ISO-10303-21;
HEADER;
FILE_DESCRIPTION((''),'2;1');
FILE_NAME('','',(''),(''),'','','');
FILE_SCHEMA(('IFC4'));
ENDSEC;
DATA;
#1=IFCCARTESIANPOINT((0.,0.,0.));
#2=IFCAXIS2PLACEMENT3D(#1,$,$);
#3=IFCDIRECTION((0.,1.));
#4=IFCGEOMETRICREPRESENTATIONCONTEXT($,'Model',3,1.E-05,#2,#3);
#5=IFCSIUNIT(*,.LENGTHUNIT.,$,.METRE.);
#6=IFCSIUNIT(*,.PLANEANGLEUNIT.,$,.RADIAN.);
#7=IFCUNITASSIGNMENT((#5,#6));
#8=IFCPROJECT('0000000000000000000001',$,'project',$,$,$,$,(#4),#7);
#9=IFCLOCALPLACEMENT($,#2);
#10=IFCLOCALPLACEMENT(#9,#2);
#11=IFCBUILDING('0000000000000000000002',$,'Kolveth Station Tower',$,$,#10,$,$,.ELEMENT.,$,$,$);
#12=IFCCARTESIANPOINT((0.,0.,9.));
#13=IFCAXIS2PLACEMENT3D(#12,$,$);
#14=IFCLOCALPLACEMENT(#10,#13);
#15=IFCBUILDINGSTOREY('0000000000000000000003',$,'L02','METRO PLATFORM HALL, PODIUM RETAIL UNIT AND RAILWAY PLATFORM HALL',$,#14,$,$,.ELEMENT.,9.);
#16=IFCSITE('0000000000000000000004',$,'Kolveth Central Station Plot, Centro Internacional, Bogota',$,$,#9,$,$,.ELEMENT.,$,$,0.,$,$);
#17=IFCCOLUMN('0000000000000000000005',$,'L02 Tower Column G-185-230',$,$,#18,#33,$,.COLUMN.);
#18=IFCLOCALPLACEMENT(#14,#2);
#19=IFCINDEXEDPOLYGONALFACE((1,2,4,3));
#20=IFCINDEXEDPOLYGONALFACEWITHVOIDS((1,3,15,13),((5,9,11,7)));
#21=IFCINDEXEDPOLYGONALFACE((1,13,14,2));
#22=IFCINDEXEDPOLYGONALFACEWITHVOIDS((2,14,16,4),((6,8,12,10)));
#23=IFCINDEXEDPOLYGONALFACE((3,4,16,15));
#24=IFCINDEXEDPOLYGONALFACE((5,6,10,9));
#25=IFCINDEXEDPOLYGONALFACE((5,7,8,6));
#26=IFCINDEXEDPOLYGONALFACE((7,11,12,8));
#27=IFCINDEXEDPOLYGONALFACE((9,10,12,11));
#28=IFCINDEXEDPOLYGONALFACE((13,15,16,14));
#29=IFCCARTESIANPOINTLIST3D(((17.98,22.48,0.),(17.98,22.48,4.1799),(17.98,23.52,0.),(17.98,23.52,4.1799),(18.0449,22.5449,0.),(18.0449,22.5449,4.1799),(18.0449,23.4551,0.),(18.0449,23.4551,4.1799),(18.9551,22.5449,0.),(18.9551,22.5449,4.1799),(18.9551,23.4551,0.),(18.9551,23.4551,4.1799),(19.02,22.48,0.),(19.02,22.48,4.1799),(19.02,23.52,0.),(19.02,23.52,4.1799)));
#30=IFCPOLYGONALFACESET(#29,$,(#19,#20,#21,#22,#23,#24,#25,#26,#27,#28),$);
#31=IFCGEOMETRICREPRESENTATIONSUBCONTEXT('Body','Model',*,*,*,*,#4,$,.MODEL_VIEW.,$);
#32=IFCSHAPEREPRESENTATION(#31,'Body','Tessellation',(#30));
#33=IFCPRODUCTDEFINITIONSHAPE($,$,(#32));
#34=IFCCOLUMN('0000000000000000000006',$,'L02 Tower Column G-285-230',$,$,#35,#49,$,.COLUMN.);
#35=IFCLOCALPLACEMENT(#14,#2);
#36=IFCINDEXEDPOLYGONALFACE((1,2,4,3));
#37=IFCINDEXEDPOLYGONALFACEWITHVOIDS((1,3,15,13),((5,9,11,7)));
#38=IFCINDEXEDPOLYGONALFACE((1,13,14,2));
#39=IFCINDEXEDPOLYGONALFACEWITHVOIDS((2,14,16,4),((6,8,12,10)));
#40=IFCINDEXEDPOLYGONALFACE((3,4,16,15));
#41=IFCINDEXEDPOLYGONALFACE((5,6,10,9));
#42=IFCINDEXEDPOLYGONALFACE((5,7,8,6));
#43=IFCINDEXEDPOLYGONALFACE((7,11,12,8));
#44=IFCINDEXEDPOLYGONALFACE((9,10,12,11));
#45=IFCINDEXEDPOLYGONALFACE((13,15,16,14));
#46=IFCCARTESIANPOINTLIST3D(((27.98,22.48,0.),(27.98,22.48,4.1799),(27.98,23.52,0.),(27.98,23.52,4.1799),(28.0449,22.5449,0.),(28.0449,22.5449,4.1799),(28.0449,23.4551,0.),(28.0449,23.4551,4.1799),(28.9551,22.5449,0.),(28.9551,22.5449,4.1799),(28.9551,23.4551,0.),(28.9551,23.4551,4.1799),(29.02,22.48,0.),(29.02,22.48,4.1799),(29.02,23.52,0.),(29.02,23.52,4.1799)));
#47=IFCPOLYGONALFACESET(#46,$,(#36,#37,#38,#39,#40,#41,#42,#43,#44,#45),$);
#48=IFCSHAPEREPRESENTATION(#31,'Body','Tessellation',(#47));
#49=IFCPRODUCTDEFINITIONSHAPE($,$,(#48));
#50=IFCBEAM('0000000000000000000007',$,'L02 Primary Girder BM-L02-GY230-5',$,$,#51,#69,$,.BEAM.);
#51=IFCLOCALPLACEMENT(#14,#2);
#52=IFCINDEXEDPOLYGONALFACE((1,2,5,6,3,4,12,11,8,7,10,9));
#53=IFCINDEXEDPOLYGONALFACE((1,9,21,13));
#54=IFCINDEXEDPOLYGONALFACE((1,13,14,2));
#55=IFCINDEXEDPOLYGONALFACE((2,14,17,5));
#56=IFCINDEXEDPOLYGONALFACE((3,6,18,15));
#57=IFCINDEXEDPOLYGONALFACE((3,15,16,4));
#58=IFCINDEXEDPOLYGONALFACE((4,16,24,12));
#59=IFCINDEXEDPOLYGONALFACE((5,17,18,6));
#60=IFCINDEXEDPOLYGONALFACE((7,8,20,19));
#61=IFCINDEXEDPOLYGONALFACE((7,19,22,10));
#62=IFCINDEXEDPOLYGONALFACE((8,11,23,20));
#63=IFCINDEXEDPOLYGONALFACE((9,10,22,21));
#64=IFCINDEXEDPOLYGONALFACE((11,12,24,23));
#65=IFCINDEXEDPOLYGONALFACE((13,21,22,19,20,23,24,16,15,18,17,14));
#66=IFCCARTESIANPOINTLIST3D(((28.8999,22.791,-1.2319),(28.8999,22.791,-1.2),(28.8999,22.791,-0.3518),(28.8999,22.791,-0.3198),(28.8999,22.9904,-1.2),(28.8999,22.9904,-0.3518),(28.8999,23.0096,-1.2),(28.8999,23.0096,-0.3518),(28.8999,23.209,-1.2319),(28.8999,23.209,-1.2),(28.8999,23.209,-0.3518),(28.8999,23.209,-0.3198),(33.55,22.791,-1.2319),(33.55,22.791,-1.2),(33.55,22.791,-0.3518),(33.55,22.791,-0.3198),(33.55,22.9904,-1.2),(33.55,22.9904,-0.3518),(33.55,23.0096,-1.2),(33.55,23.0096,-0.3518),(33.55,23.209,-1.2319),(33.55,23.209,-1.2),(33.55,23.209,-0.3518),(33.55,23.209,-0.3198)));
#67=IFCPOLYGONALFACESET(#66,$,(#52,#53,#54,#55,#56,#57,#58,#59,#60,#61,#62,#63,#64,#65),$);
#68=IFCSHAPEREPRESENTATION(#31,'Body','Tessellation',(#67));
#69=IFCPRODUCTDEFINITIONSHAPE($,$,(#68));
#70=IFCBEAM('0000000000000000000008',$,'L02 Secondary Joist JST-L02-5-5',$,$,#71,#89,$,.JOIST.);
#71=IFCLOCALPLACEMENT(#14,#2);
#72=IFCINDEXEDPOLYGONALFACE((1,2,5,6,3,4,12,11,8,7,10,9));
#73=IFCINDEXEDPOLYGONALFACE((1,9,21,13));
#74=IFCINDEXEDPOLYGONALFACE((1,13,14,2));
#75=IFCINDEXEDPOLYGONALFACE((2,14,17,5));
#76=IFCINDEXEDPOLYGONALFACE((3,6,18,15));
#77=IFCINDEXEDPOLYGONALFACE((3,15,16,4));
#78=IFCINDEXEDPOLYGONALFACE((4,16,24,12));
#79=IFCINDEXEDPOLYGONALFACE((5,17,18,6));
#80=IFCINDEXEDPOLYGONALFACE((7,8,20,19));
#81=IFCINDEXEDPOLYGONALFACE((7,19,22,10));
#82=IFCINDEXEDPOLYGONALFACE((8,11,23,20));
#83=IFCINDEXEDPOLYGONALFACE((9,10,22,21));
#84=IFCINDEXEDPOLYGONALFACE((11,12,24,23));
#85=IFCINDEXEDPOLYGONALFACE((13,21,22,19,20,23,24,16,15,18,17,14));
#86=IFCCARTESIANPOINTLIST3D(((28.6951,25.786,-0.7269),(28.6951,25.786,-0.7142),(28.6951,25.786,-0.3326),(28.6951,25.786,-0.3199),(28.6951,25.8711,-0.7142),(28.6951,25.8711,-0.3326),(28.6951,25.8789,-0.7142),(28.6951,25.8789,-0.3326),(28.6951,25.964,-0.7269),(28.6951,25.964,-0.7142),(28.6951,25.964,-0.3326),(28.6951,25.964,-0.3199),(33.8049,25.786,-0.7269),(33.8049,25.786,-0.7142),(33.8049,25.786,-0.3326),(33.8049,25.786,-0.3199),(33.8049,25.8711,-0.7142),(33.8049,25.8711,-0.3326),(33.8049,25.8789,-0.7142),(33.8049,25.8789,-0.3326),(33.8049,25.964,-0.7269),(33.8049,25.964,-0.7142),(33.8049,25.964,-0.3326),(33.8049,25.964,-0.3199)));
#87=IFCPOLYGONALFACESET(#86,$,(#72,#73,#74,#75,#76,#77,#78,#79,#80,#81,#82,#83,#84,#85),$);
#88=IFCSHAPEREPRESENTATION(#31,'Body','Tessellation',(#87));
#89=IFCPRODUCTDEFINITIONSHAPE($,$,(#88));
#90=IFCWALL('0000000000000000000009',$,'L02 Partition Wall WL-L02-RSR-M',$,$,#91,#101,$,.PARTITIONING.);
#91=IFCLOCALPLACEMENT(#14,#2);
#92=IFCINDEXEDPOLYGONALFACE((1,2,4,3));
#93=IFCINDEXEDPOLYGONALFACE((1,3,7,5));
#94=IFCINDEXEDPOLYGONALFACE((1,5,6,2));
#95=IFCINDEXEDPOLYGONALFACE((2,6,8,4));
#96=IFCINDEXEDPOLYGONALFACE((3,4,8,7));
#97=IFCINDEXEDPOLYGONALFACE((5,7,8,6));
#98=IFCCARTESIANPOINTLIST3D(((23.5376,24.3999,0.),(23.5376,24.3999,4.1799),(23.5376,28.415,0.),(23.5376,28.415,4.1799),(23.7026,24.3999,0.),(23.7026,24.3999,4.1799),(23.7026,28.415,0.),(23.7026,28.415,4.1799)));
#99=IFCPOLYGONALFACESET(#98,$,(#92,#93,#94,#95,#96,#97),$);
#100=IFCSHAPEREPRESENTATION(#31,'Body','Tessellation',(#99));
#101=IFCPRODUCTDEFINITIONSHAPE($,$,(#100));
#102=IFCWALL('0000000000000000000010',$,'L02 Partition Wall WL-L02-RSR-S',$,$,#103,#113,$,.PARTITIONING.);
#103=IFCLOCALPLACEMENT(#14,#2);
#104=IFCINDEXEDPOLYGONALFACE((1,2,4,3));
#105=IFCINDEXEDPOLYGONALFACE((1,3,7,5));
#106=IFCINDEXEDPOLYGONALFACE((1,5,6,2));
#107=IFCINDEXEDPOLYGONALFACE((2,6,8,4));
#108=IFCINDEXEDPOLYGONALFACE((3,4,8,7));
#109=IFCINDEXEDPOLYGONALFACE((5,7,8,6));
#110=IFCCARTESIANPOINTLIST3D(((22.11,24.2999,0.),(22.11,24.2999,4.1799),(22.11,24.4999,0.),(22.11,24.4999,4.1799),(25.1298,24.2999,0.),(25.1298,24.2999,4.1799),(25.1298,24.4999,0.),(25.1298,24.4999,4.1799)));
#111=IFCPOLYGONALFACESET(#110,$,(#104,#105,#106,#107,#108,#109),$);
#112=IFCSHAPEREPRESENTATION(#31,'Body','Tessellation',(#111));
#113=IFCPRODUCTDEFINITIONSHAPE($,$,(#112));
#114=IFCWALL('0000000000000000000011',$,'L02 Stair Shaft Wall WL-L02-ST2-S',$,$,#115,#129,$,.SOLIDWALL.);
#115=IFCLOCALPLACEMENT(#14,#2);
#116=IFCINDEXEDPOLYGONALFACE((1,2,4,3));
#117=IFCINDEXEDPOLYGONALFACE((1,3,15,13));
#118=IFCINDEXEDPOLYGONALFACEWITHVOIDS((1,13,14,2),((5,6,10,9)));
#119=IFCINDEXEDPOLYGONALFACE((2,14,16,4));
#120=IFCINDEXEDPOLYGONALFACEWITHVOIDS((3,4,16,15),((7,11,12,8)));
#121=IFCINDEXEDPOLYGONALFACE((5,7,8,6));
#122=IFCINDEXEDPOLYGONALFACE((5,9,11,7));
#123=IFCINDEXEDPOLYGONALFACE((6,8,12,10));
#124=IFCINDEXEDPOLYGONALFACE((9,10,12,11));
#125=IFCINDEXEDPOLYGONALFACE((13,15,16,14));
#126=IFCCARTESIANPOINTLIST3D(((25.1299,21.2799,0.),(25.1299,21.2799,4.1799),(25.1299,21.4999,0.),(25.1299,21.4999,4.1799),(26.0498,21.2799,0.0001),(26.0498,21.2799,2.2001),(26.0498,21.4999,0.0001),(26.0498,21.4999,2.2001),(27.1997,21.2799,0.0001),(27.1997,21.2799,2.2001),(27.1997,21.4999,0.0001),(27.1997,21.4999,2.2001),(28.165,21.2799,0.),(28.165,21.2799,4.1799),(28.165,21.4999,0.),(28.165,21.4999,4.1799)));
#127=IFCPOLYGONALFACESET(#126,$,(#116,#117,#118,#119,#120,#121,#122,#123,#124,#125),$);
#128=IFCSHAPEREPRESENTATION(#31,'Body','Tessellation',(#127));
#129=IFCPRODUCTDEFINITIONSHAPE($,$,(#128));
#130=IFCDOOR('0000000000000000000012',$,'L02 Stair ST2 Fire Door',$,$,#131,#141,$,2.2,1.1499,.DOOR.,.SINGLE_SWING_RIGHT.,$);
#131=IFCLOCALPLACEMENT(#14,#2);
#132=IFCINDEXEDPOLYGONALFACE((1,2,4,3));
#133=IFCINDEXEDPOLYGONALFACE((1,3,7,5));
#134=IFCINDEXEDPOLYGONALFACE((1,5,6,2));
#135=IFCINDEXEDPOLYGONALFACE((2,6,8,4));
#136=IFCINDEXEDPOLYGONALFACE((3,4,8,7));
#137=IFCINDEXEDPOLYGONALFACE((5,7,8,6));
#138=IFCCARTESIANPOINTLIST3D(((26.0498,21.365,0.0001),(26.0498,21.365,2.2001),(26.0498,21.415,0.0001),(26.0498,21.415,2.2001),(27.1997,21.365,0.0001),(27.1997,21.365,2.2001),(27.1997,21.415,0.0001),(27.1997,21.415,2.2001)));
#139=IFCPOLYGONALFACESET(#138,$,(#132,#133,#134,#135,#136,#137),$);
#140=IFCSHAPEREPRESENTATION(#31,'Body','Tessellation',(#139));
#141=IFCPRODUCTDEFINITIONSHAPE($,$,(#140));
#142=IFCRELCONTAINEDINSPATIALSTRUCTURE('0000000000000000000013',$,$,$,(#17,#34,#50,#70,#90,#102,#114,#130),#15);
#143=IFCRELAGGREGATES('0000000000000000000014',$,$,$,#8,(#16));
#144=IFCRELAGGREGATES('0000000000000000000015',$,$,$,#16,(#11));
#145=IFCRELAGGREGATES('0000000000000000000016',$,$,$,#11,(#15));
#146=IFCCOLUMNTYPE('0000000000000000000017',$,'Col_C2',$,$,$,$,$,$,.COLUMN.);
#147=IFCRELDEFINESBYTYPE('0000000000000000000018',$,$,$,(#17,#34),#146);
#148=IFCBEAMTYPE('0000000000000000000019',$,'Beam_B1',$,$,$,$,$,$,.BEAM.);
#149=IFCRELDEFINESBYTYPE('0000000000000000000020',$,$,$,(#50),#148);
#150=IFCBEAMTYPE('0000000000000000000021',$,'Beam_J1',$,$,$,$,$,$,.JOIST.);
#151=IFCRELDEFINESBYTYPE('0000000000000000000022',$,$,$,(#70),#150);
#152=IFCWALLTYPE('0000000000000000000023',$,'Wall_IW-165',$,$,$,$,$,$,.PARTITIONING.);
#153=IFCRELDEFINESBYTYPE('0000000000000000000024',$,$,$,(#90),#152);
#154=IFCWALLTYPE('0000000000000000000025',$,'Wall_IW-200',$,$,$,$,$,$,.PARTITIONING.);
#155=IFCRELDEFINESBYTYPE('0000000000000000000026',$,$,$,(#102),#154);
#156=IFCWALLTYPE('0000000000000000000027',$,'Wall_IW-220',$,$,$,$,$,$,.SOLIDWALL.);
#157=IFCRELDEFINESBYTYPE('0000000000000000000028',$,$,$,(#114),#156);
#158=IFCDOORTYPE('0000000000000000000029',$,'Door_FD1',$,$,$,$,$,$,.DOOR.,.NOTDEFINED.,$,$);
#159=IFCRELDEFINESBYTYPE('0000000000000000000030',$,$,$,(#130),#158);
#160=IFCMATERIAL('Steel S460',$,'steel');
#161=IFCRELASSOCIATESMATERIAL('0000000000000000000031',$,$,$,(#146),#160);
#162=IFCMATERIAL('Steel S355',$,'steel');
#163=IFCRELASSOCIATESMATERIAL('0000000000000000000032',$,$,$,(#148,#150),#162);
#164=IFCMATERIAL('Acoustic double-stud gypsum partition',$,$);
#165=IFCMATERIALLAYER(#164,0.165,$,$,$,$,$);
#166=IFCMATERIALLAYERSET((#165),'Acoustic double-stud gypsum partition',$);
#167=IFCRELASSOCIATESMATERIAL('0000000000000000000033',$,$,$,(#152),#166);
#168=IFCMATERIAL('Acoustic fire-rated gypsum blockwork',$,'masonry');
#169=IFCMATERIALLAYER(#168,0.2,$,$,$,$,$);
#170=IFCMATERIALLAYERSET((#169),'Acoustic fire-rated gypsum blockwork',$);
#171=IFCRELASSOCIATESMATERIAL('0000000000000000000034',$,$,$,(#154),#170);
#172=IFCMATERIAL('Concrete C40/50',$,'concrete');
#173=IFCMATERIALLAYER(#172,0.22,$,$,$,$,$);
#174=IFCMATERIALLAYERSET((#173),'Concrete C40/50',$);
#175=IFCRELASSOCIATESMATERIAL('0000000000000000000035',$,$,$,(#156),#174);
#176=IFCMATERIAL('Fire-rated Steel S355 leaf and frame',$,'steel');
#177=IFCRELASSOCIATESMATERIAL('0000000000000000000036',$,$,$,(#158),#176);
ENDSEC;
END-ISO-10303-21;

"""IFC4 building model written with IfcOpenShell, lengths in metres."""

from ifc_helpers import new_model, si_unit, direction, frame, frame_2d, origin, origin_2d, place, context, subcontext, project, spatial, rectangle, hollow_rectangle, i_section, extrude, source, transform, mapped, material, layer, layer_set, material_profile, profile_set, type_object, element, fill, save


model = new_model("IFC4")

# Units and contexts
model_context = context("Model", 3, precision=1e-05, world=origin(), true_north=direction((0.0, 1.0)))
body_context = subcontext(model_context, "Body", "Model", "MODEL_VIEW")
ifc_project = project(units=[si_unit("LENGTHUNIT", "METRE"), si_unit("PLANEANGLEUNIT", "RADIAN")], contexts=[model_context])

# Site, building, storey
site_placement = place(None, origin())
site = spatial("IfcSite", under=ifc_project, at=site_placement, Name="Kolveth Central Station Plot, Centro Internacional, Bogota", CompositionType="ELEMENT", RefElevation=0.0)
building_placement = place(site_placement, origin())
building = spatial("IfcBuilding", under=site, at=building_placement, Name="Kolveth Station Tower", CompositionType="ELEMENT")
storey_placement = place(building_placement, frame((0.0, 0.0, 9.0)))
storey = spatial("IfcBuildingStorey", under=building, at=storey_placement, Name="L02", Description="METRO PLATFORM HALL, PODIUM RETAIL UNIT AND RAILWAY PLATFORM HALL", CompositionType="ELEMENT", Elevation=9.0)

# Columns
ifc_material_1 = material(Name="Steel S460", Category="steel")
ifc_material_profile_1 = material_profile(ifc_material_1, hollow_rectangle(XDim=1.04, YDim=1.04, WallThickness=0.0649, at=origin_2d()), Name="BOX1040x1040x65")
ifc_profile_set_1 = profile_set([ifc_material_profile_1], Name="Steel S460")
column_type = type_object("IfcColumnType", Name="Col_C2", PredefinedType="COLUMN", material=ifc_profile_set_1)
shared_shape_1 = source(origin(), body_context, "Body", "SweptSolid", [
    extrude(hollow_rectangle(XDim=1.04, YDim=1.04, WallThickness=0.0649, at=origin_2d()), origin(), (0.0, 0.0, 1.0), 4.1799),
])
for number, where, z_axis, x_axis, name in (
    (1, (18.5, 23.0, 0.0), (0.0, 0.0, 1.0), (1.0, 0.0, 0.0), "L02 Tower Column G-185-230"),
    (2, (28.5, 23.0, 0.0), (0.0, 0.0, 1.0), (1.0, 0.0, 0.0), "L02 Tower Column G-285-230"),
):
    element("IfcColumn", number, at=place(storey_placement, frame(where, z_axis=z_axis, x_axis=x_axis)), inside=storey, type_object=column_type, Name=name, PredefinedType="COLUMN", context=body_context, shape_type="MappedRepresentation", body=[
        mapped(shared_shape_1, transform((0.0, 0.0, 0.0), x_axis=(1.0, 0.0, 0.0), y_axis=(0.0, 1.0, 0.0), z_axis=(0.0, 0.0, 1.0), scale=1.0)),
    ])

# Beams
ifc_material_2 = material(Name="Steel S355", Category="steel")
ifc_material_profile_2 = material_profile(ifc_material_2, i_section(OverallWidth=0.418, OverallDepth=0.9121, WebThickness=0.0193, FlangeThickness=0.032, at=origin_2d()), Name="W920x342")
ifc_profile_set_2 = profile_set([ifc_material_profile_2], Name="Steel S355")
beam_type_1 = type_object("IfcBeamType", Name="Beam_B1", PredefinedType="BEAM", material=ifc_profile_set_2)
shared_shape_2 = source(origin(), body_context, "Body", "SweptSolid", [
    extrude(i_section(OverallWidth=0.418, OverallDepth=0.9121, WebThickness=0.0193, FlangeThickness=0.032, at=origin_2d()), origin(), (0.0, 0.0, 1.0), 4.6501),
])
beam_1_placement = place(storey_placement, frame((28.8999, 23.0, -0.7759), z_axis=(1.0, 0.0, 0.0), x_axis=(0.0, 1.0, 0.0)))
element("IfcBeam", 3, at=beam_1_placement, inside=storey, type_object=beam_type_1, Name="L02 Primary Girder BM-L02-GY230-5", PredefinedType="BEAM", context=body_context, shape_type="MappedRepresentation", body=[
    mapped(shared_shape_2, transform((0.0, 0.0, 0.0), x_axis=(1.0, 0.0, 0.0), y_axis=(0.0, 1.0, 0.0), z_axis=(0.0, 0.0, 1.0), scale=1.0)),
])
ifc_material_profile_3 = material_profile(ifc_material_2, i_section(OverallWidth=0.178, OverallDepth=0.407, WebThickness=0.0078, FlangeThickness=0.0127, at=origin_2d()), Name="W410x60")
ifc_profile_set_3 = profile_set([ifc_material_profile_3], Name="Steel S355")
beam_type_2 = type_object("IfcBeamType", Name="Beam_J1", PredefinedType="JOIST", material=ifc_profile_set_3)
shared_shape_3 = source(origin(), body_context, "Body", "SweptSolid", [
    extrude(i_section(OverallWidth=0.178, OverallDepth=0.407, WebThickness=0.0078, FlangeThickness=0.0127, at=origin_2d()), origin(), (0.0, 0.0, 1.0), 5.1099),
])
beam_2_placement = place(storey_placement, frame((28.6951, 25.875, -0.5234), z_axis=(1.0, 0.0, 0.0), x_axis=(0.0, 1.0, 0.0)))
element("IfcBeam", 4, at=beam_2_placement, inside=storey, type_object=beam_type_2, Name="L02 Secondary Joist JST-L02-5-5", PredefinedType="JOIST", context=body_context, shape_type="MappedRepresentation", body=[
    mapped(shared_shape_3, transform((0.0, 0.0, 0.0), x_axis=(1.0, 0.0, 0.0), y_axis=(0.0, 1.0, 0.0), z_axis=(0.0, 0.0, 1.0), scale=1.0)),
])

# Walls
ifc_material_3 = material(Name="Acoustic double-stud gypsum partition")
ifc_layer_1 = layer(ifc_material_3, 0.165)
ifc_layer_set_1 = layer_set([ifc_layer_1], Name="Acoustic double-stud gypsum partition")
wall_type_1 = type_object("IfcWallType", Name="Wall_IW-165", PredefinedType="PARTITIONING", material=ifc_layer_set_1)
wall_1_placement = place(storey_placement, frame((23.6201, 24.3999, 0.0), z_axis=(0.0, 0.0, 1.0), x_axis=(0.0, 1.0, 0.0)))
element("IfcWall", 5, at=wall_1_placement, inside=storey, type_object=wall_type_1, Name="L02 Partition Wall WL-L02-RSR-M", PredefinedType="PARTITIONING", context=body_context, shape_type="SweptSolid", body=[
    extrude(rectangle(XDim=4.0151, YDim=0.165, at=frame_2d((2.0076, 0.0))), origin(), (0.0, 0.0, 1.0), 4.1799),
])
ifc_material_4 = material(Name="Acoustic fire-rated gypsum blockwork", Category="masonry")
ifc_layer_2 = layer(ifc_material_4, 0.2)
ifc_layer_set_2 = layer_set([ifc_layer_2], Name="Acoustic fire-rated gypsum blockwork")
wall_type_2 = type_object("IfcWallType", Name="Wall_IW-200", PredefinedType="PARTITIONING", material=ifc_layer_set_2)
wall_2_placement = place(storey_placement, frame((22.1101, 24.3999, 0.0), z_axis=(0.0, 0.0, 1.0), x_axis=(1.0, 0.0, 0.0)))
element("IfcWall", 6, at=wall_2_placement, inside=storey, type_object=wall_type_2, Name="L02 Partition Wall WL-L02-RSR-S", PredefinedType="PARTITIONING", context=body_context, shape_type="SweptSolid", body=[
    extrude(rectangle(XDim=3.0198, YDim=0.2, at=frame_2d((1.5098, 0.0))), origin(), (0.0, 0.0, 1.0), 4.1799),
])

# Wall, opening, door
ifc_material_5 = material(Name="Concrete C40/50", Category="concrete")
ifc_layer_3 = layer(ifc_material_5, 0.22)
ifc_layer_set_3 = layer_set([ifc_layer_3], Name="Concrete C40/50")
wall_type_3 = type_object("IfcWallType", Name="Wall_IW-220", PredefinedType="SOLIDWALL", material=ifc_layer_set_3)
wall_3_placement = place(storey_placement, frame((25.1299, 21.3899, 0.0), z_axis=(0.0, 0.0, 1.0), x_axis=(1.0, 0.0, 0.0)))
wall_3 = element("IfcWall", 7, at=wall_3_placement, inside=storey, type_object=wall_type_3, Name="L02 Stair Shaft Wall WL-L02-ST2-S", PredefinedType="SOLIDWALL", context=body_context, shape_type="SweptSolid", body=[
    extrude(rectangle(XDim=3.0352, YDim=0.22, at=frame_2d((1.5176, 0.0))), origin(), (0.0, 0.0, 1.0), 4.1799),
])
opening_placement = place(wall_3_placement, frame((0.9199, 0.0, 0.0)))
opening = element("IfcOpeningElement", 8, at=opening_placement, cuts=wall_3, PredefinedType="OPENING", context=body_context, shape_type="SweptSolid", body=[
    extrude(rectangle(XDim=1.1499, YDim=2.2, at=frame_2d((0.575, 1.1001))), frame((0.0, 0.1199, 0.0), z_axis=(0.0, -1.0, 0.0), x_axis=(1.0, 0.0, 0.0)), (0.0, 0.0, 1.0), 0.24),
])
ifc_material_6 = material(Name="Fire-rated Steel S355 leaf and frame", Category="steel")
door_type = type_object("IfcDoorType", Name="Door_FD1", OperationType="NOTDEFINED", PredefinedType="DOOR", material=ifc_material_6)
door_placement = place(opening_placement, frame((1.1499, 0.0, 0.0), z_axis=(0.0, 0.0, 1.0), x_axis=(-1.0, 0.0, 0.0)))
door = element("IfcDoor", 9, at=door_placement, inside=storey, type_object=door_type, Name="L02 Stair ST2 Fire Door", OperationType="SINGLE_SWING_RIGHT", OverallHeight=2.2, OverallWidth=1.1499, PredefinedType="DOOR", context=body_context, shape_type="SweptSolid", body=[
    extrude(rectangle(XDim=1.1499, YDim=2.2, at=frame_2d((0.575, 1.1001))), frame((0.0, 0.0249, 0.0), z_axis=(0.0, -1.0, 0.0), x_axis=(1.0, 0.0, 0.0)), (0.0, 0.0, 1.0), 0.05),
])
fill(opening, door)

save(model, "model.ifc")
